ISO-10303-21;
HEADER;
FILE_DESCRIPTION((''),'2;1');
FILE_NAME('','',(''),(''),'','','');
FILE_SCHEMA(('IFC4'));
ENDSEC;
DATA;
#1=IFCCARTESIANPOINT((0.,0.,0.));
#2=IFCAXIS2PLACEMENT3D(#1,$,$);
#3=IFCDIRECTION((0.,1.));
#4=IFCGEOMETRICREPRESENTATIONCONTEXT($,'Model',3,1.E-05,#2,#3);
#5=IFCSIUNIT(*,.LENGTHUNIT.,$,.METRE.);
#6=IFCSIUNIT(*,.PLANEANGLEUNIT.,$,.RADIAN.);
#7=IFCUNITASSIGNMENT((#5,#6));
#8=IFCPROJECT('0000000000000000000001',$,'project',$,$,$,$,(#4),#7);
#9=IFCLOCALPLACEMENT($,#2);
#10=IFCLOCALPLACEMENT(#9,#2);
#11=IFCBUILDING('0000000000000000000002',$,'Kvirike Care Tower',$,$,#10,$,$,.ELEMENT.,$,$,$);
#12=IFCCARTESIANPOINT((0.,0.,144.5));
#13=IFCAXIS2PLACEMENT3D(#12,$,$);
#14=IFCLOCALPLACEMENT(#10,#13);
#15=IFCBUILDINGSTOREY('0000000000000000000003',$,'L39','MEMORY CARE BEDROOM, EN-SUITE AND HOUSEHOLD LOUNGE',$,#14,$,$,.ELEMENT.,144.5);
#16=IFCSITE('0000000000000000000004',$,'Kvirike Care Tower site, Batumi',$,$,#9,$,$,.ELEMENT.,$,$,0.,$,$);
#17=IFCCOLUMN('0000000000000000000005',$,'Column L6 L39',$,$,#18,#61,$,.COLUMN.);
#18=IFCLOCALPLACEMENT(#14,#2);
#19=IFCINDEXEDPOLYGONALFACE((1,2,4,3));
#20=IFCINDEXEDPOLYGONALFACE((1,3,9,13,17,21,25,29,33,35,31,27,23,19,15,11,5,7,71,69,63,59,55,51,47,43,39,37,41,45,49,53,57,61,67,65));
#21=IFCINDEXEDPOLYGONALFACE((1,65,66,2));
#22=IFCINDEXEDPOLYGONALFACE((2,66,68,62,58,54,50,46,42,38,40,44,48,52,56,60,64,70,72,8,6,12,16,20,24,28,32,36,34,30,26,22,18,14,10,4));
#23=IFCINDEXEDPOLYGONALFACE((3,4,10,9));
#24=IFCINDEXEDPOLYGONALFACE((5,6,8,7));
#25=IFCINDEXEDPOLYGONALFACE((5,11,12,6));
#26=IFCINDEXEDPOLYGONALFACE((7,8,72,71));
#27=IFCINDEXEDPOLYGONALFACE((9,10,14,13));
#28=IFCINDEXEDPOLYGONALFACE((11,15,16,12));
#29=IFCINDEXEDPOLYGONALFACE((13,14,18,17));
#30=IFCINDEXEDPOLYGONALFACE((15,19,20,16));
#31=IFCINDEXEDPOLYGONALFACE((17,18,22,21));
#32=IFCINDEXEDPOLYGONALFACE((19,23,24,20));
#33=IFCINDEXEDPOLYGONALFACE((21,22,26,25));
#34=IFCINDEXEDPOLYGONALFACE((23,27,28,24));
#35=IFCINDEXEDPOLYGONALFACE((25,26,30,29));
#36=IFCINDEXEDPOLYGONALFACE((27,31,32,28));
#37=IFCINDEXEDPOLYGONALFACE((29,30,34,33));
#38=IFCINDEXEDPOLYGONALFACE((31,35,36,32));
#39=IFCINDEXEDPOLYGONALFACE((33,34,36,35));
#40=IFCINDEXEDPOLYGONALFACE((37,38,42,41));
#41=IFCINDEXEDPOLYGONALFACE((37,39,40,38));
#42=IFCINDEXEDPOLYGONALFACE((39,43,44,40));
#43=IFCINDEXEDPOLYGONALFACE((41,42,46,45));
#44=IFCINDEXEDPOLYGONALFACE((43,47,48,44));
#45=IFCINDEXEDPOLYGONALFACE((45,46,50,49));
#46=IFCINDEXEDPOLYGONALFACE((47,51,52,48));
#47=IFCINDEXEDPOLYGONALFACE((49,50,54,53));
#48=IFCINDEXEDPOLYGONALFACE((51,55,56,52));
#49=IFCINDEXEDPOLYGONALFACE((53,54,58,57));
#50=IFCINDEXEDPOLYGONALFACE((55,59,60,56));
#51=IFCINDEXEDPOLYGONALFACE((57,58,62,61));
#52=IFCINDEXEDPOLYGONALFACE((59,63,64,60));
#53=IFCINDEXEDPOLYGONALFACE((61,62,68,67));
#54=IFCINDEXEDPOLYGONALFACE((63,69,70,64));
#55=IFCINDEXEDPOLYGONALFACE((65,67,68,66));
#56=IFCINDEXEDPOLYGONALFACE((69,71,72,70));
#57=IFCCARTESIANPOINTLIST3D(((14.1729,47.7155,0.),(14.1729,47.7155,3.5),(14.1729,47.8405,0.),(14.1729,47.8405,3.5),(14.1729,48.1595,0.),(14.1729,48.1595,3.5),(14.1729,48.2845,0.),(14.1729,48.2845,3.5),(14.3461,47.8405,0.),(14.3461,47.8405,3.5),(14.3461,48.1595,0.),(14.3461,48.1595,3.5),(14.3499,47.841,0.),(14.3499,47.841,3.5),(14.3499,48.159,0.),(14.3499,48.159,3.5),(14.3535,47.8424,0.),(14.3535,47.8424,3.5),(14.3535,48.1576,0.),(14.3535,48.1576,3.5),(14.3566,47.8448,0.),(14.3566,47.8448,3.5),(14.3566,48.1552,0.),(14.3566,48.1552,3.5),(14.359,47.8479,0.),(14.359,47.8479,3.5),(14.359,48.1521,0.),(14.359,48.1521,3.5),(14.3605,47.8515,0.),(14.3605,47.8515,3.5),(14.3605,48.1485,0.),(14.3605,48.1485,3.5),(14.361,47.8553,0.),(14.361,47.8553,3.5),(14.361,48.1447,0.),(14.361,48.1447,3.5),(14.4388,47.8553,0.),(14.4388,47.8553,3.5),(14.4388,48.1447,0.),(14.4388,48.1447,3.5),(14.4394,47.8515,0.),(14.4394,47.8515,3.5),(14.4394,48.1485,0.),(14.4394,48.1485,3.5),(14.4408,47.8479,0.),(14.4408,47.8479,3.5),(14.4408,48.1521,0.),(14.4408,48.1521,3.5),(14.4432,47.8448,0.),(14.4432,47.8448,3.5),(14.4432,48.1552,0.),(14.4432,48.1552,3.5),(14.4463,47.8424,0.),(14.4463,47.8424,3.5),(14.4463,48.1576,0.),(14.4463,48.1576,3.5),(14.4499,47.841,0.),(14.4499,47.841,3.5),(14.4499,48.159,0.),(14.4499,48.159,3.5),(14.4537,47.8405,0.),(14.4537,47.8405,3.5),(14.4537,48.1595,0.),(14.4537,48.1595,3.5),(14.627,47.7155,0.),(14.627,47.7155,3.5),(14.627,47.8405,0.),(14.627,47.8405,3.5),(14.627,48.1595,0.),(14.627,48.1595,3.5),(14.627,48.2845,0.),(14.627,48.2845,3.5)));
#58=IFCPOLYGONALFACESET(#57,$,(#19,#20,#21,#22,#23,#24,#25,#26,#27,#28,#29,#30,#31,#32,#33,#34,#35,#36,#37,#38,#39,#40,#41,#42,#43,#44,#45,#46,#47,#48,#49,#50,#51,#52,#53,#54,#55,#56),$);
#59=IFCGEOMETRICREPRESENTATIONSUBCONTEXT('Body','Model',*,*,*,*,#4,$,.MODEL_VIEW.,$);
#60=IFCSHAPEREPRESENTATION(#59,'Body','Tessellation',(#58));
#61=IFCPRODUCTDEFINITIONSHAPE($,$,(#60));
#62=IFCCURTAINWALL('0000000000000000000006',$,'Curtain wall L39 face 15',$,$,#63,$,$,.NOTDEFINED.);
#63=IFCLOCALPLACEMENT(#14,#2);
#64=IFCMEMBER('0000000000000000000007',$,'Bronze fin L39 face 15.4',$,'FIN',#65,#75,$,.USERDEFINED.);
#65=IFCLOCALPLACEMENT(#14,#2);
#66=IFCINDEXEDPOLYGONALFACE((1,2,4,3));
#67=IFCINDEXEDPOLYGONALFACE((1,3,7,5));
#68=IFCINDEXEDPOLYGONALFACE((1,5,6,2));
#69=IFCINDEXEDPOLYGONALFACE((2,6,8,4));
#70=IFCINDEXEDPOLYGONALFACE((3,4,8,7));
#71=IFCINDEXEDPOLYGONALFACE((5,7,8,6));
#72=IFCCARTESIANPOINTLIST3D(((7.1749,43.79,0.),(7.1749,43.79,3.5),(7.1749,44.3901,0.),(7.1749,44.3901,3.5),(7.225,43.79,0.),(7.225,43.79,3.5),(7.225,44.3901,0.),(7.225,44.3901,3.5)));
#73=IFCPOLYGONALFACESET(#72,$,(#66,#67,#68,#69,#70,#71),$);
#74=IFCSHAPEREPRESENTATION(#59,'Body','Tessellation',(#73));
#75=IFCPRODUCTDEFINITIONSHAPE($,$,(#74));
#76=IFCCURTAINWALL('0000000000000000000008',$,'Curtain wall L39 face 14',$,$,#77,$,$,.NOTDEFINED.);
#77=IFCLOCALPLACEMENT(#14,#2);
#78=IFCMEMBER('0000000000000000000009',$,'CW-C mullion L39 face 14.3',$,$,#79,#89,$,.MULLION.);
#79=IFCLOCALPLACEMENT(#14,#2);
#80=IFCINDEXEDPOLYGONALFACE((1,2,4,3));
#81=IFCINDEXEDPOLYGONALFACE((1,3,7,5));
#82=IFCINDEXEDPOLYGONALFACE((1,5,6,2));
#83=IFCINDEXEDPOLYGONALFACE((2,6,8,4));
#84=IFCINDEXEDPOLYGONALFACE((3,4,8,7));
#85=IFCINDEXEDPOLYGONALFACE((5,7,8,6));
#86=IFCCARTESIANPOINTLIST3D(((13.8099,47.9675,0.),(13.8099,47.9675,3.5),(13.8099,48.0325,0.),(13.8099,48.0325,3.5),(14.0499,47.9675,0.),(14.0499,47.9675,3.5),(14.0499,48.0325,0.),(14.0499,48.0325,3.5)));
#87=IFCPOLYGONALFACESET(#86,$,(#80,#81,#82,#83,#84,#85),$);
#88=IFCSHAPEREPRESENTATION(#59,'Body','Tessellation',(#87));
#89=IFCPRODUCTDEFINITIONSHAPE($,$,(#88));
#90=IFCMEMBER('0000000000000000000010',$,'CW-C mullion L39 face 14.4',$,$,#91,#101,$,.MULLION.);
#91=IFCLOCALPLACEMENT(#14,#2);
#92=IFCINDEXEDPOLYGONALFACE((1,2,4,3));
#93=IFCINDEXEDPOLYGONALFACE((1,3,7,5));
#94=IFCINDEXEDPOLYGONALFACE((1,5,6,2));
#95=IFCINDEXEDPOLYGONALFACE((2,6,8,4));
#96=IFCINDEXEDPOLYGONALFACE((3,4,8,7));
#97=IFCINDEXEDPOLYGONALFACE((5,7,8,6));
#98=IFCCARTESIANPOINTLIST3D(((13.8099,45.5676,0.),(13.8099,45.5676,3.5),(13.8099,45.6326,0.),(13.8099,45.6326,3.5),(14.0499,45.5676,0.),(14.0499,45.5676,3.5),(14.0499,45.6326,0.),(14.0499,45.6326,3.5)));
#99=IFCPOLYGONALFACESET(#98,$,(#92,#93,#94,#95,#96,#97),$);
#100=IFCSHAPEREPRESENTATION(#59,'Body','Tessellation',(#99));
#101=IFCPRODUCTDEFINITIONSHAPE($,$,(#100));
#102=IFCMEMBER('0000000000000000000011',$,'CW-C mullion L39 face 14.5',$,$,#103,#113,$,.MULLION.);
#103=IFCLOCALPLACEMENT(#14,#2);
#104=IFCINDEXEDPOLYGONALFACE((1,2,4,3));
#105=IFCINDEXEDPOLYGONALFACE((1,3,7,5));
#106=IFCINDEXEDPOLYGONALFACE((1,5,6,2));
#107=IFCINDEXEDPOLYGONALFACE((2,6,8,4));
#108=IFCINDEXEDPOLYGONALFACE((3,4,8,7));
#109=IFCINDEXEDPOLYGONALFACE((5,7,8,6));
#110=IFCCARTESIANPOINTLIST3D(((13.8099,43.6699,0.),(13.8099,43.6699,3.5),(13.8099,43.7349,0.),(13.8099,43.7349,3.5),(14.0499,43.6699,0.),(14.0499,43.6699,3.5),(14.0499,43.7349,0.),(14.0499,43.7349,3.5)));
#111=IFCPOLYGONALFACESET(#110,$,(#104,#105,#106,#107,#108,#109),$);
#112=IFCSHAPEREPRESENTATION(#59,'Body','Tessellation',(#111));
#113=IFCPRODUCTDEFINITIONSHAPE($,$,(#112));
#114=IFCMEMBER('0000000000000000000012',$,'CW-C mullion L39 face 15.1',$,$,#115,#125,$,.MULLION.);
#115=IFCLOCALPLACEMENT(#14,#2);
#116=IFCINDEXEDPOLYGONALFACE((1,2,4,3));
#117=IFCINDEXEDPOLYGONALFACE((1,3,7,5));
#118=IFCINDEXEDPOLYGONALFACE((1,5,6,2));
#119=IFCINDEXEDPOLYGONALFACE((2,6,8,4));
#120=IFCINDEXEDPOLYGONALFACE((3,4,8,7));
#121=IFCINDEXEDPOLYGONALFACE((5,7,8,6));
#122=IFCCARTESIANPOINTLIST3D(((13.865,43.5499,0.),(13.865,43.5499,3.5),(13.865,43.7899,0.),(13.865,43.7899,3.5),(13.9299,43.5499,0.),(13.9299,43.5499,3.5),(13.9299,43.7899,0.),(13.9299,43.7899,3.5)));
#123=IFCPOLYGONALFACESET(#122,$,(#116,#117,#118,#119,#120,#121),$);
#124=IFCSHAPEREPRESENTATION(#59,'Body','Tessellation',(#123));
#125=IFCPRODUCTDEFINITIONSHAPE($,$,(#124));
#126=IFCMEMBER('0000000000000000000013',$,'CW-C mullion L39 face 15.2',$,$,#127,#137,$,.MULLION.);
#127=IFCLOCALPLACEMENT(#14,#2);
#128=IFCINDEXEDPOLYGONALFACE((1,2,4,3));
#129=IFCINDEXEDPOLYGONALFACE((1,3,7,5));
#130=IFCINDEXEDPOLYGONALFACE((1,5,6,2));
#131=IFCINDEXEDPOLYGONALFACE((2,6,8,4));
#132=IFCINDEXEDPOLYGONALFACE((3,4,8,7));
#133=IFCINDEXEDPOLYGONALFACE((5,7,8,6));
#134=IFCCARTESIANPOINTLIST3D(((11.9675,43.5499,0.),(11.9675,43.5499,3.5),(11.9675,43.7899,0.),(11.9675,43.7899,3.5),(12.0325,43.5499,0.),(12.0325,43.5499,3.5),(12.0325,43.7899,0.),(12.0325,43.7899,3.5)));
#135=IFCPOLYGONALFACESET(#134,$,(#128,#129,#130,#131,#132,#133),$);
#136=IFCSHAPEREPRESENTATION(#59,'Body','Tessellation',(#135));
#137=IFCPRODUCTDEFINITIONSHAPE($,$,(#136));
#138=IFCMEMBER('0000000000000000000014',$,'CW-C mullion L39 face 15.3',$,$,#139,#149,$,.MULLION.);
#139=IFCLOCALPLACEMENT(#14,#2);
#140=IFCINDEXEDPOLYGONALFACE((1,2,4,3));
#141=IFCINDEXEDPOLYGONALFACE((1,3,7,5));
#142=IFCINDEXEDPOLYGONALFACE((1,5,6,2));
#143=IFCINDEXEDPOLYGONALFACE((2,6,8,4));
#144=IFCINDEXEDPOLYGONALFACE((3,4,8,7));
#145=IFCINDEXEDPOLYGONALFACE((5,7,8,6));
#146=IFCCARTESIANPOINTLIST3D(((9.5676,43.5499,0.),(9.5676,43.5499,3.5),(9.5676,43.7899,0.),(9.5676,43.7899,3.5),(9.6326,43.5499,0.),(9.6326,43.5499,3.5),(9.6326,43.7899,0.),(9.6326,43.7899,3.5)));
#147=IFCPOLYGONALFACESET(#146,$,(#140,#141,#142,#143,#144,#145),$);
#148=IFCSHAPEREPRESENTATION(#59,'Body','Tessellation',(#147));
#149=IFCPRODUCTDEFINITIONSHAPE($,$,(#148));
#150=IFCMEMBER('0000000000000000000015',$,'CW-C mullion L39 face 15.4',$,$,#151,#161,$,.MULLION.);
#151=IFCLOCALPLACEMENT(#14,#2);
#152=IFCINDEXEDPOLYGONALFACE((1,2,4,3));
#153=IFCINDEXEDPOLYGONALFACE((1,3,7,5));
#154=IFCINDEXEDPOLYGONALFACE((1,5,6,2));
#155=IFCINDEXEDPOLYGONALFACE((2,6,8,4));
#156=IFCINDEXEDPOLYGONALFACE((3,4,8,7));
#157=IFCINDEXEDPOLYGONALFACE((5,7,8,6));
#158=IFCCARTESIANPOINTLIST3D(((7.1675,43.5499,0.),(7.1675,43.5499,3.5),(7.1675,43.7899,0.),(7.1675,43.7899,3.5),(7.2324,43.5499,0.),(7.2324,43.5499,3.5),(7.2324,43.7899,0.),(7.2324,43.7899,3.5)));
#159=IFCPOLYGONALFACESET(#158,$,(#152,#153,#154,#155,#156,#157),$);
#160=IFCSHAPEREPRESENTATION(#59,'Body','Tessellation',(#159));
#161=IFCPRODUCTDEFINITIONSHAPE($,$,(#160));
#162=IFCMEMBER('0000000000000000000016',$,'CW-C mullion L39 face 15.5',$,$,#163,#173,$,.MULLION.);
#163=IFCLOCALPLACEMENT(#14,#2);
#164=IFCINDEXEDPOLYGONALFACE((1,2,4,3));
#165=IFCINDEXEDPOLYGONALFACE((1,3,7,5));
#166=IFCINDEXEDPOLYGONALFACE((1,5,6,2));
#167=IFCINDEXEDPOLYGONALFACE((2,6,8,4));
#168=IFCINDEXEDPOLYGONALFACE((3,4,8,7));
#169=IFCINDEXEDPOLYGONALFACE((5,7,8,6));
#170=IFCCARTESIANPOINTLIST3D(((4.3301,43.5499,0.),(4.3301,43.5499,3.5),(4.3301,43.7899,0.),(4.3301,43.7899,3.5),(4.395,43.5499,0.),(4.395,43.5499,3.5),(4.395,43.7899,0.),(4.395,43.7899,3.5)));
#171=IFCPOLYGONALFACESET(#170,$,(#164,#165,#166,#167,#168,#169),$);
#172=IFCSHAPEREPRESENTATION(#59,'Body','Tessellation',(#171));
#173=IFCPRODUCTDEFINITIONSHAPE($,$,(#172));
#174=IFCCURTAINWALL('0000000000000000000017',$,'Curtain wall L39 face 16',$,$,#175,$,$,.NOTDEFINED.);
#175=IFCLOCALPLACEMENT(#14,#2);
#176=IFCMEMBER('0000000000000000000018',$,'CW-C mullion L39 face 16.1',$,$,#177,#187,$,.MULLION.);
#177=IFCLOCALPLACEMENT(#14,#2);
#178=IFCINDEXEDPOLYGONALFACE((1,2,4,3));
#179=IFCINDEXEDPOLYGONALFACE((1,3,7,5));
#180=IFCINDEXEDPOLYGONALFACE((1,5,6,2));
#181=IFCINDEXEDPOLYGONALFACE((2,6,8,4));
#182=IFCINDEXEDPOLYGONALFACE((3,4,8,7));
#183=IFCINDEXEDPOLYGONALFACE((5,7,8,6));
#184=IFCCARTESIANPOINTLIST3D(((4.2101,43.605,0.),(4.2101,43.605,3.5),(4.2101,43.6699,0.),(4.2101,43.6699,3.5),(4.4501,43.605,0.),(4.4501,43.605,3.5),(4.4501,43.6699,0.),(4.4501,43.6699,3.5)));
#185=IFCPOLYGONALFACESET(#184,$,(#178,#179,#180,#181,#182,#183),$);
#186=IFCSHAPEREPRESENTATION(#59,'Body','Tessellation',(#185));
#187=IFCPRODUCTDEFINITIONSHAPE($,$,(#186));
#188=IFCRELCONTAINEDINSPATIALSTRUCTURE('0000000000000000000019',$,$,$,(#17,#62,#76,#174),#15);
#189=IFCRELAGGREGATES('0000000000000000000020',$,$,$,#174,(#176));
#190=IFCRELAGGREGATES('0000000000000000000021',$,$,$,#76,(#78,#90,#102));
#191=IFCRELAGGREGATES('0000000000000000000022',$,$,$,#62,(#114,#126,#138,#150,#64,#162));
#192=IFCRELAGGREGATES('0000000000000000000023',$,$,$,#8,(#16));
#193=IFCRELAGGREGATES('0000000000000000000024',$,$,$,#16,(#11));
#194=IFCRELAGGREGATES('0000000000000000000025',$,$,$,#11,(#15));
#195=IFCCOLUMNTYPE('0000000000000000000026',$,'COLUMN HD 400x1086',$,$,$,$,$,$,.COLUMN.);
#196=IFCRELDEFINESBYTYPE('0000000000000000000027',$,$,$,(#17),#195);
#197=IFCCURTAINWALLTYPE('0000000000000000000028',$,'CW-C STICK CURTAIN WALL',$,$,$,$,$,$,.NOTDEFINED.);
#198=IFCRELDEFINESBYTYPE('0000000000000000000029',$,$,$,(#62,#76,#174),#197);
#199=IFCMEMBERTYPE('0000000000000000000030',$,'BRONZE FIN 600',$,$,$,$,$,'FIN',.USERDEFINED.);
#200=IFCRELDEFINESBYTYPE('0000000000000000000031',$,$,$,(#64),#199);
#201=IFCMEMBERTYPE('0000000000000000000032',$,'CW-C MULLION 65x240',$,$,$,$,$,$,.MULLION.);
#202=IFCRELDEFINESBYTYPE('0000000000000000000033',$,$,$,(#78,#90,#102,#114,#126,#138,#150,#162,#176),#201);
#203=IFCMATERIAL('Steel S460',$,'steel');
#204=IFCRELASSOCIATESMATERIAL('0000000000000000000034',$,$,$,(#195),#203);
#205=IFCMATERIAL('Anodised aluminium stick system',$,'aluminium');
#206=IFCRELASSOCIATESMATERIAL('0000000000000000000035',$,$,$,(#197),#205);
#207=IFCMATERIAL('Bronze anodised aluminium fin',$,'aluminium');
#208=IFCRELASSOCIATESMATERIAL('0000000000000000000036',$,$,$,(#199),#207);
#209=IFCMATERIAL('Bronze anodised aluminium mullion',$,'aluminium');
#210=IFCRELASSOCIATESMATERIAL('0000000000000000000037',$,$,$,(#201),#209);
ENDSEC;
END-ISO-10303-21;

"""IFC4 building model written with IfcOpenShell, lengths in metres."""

from ifc_helpers import new_model, si_unit, direction, frame, origin, origin_2d, place, context, subcontext, project, spatial, rectangle, i_section, extrude, material, material_profile, profile_set, type_object, element, aggregate, save


model = new_model("IFC4")

# Units and contexts
model_context = context("Model", 3, precision=1e-05, world=origin(), true_north=direction((0.0, 1.0)))
body_context = subcontext(model_context, "Body", "Model", "MODEL_VIEW")
ifc_project = project(units=[si_unit("LENGTHUNIT", "METRE"), si_unit("PLANEANGLEUNIT", "RADIAN")], contexts=[model_context])

# Site, building, storey
site_placement = place(None, origin())
site = spatial("IfcSite", under=ifc_project, at=site_placement, Name="Kvirike Care Tower site, Batumi", CompositionType="ELEMENT", RefElevation=0.0)
building_placement = place(site_placement, origin())
building = spatial("IfcBuilding", under=site, at=building_placement, Name="Kvirike Care Tower", CompositionType="ELEMENT")
storey_placement = place(building_placement, frame((0.0, 0.0, 144.5)))
storey = spatial("IfcBuildingStorey", under=building, at=storey_placement, Name="L39", Description="MEMORY CARE BEDROOM, EN-SUITE AND HOUSEHOLD LOUNGE", CompositionType="ELEMENT", Elevation=144.5)

# Column
ifc_material_1 = material(Name="Steel S460", Category="steel")
ifc_material_profile_1 = material_profile(ifc_material_1, i_section(OverallWidth=0.4541, OverallDepth=0.5691, WebThickness=0.0779, FlangeThickness=0.125, FilletRadius=0.0149, at=origin_2d()), Name="HD 400x1086")
ifc_profile_set_1 = profile_set([ifc_material_profile_1], Name="Steel S460")
column_type = type_object("IfcColumnType", Name="COLUMN HD 400x1086", PredefinedType="COLUMN", material=ifc_profile_set_1)
column_placement = place(storey_placement, frame((14.3999, 48.0, 0.0), z_axis=(0.0, 0.0, 1.0), x_axis=(1.0, 0.0, 0.0)))
element("IfcColumn", 1, at=column_placement, inside=storey, type_object=column_type, Name="Column L6 L39", PredefinedType="COLUMN", context=body_context, shape_type="SweptSolid", body=[
    extrude(i_section(OverallWidth=0.4541, OverallDepth=0.5691, WebThickness=0.0779, FlangeThickness=0.125, FilletRadius=0.0149, at=origin_2d()), origin(), (0.0, 0.0, 1.0), 3.5),
])

# Curtain wall, member
ifc_material_2 = material(Name="Anodised aluminium stick system", Category="aluminium")
curtain_wall_type = type_object("IfcCurtainWallType", Name="CW-C STICK CURTAIN WALL", PredefinedType="NOTDEFINED", material=ifc_material_2)
curtain_wall_1_placement = place(storey_placement, origin())
curtain_wall_1 = element("IfcCurtainWall", 2, at=curtain_wall_1_placement, inside=storey, type_object=curtain_wall_type, Name="Curtain wall L39 face 15", PredefinedType="NOTDEFINED")
ifc_material_3 = material(Name="Bronze anodised aluminium fin", Category="aluminium")
ifc_material_profile_2 = material_profile(ifc_material_3, rectangle(XDim=0.05, YDim=0.6001, at=origin_2d()), Name="BRONZE FIN 600")
ifc_profile_set_2 = profile_set([ifc_material_profile_2], Name="Bronze anodised aluminium fin")
member_type_1 = type_object("IfcMemberType", Name="BRONZE FIN 600", ElementType="FIN", PredefinedType="USERDEFINED", material=ifc_profile_set_2)
member_1_placement = place(storey_placement, frame((7.2, 44.0901, 0.0), z_axis=(0.0, 0.0, 1.0), x_axis=(-1.0, 0.0, 0.0)))
member_1 = element("IfcMember", 3, at=member_1_placement, type_object=member_type_1, Name="Bronze fin L39 face 15.4", ObjectType="FIN", PredefinedType="USERDEFINED", context=body_context, shape_type="SweptSolid", body=[
    extrude(rectangle(XDim=0.05, YDim=0.6001, at=origin_2d()), origin(), (0.0, 0.0, 1.0), 3.5),
])

# Curtain wall, members
curtain_wall_2_placement = place(storey_placement, origin())
curtain_wall_2 = element("IfcCurtainWall", 4, at=curtain_wall_2_placement, inside=storey, type_object=curtain_wall_type, Name="Curtain wall L39 face 14", PredefinedType="NOTDEFINED")
ifc_material_4 = material(Name="Bronze anodised aluminium mullion", Category="aluminium")
ifc_material_profile_3 = material_profile(ifc_material_4, rectangle(XDim=0.0649, YDim=0.24, at=origin_2d()), Name="CW-C MULLION 65x240")
ifc_profile_set_3 = profile_set([ifc_material_profile_3], Name="Bronze anodised aluminium mullion")
member_type_2 = type_object("IfcMemberType", Name="CW-C MULLION 65x240", PredefinedType="MULLION", material=ifc_profile_set_3)
member_2_placement = place(storey_placement, frame((13.9299, 48.0, 0.0), z_axis=(0.0, 0.0, 1.0), x_axis=(0.0, -1.0, 0.0)))
member_2 = element("IfcMember", 5, at=member_2_placement, type_object=member_type_2, Name="CW-C mullion L39 face 14.3", PredefinedType="MULLION", context=body_context, shape_type="SweptSolid", body=[
    extrude(rectangle(XDim=0.0649, YDim=0.24, at=origin_2d()), origin(), (0.0, 0.0, 1.0), 3.5),
])
member_3_placement = place(storey_placement, frame((13.9299, 45.6001, 0.0), z_axis=(0.0, 0.0, 1.0), x_axis=(0.0, -1.0, 0.0)))
member_3 = element("IfcMember", 6, at=member_3_placement, type_object=member_type_2, Name="CW-C mullion L39 face 14.4", PredefinedType="MULLION", context=body_context, shape_type="SweptSolid", body=[
    extrude(rectangle(XDim=0.0649, YDim=0.24, at=origin_2d()), origin(), (0.0, 0.0, 1.0), 3.5),
])
member_4_placement = place(storey_placement, frame((13.9299, 43.7024, 0.0), z_axis=(0.0, 0.0, 1.0), x_axis=(0.0, -1.0, 0.0)))
member_4 = element("IfcMember", 7, at=member_4_placement, type_object=member_type_2, Name="CW-C mullion L39 face 14.5", PredefinedType="MULLION", context=body_context, shape_type="SweptSolid", body=[
    extrude(rectangle(XDim=0.0649, YDim=0.24, at=origin_2d()), origin(), (0.0, 0.0, 1.0), 3.5),
])

# Members
member_5_placement = place(storey_placement, frame((13.8975, 43.6699, 0.0), z_axis=(0.0, 0.0, 1.0), x_axis=(-1.0, 0.0, 0.0)))
member_5 = element("IfcMember", 8, at=member_5_placement, type_object=member_type_2, Name="CW-C mullion L39 face 15.1", PredefinedType="MULLION", context=body_context, shape_type="SweptSolid", body=[
    extrude(rectangle(XDim=0.0649, YDim=0.24, at=origin_2d()), origin(), (0.0, 0.0, 1.0), 3.5),
])
member_6_placement = place(storey_placement, frame((12.0, 43.6699, 0.0), z_axis=(0.0, 0.0, 1.0), x_axis=(-1.0, 0.0, 0.0)))
member_6 = element("IfcMember", 9, at=member_6_placement, type_object=member_type_2, Name="CW-C mullion L39 face 15.2", PredefinedType="MULLION", context=body_context, shape_type="SweptSolid", body=[
    extrude(rectangle(XDim=0.0649, YDim=0.24, at=origin_2d()), origin(), (0.0, 0.0, 1.0), 3.5),
])
member_7_placement = place(storey_placement, frame((9.6001, 43.6699, 0.0), z_axis=(0.0, 0.0, 1.0), x_axis=(-1.0, 0.0, 0.0)))
member_7 = element("IfcMember", 10, at=member_7_placement, type_object=member_type_2, Name="CW-C mullion L39 face 15.3", PredefinedType="MULLION", context=body_context, shape_type="SweptSolid", body=[
    extrude(rectangle(XDim=0.0649, YDim=0.24, at=origin_2d()), origin(), (0.0, 0.0, 1.0), 3.5),
])
member_8_placement = place(storey_placement, frame((7.2, 43.6699, 0.0), z_axis=(0.0, 0.0, 1.0), x_axis=(-1.0, 0.0, 0.0)))
member_8 = element("IfcMember", 11, at=member_8_placement, type_object=member_type_2, Name="CW-C mullion L39 face 15.4", PredefinedType="MULLION", context=body_context, shape_type="SweptSolid", body=[
    extrude(rectangle(XDim=0.0649, YDim=0.24, at=origin_2d()), origin(), (0.0, 0.0, 1.0), 3.5),
])
member_9_placement = place(storey_placement, frame((4.3625, 43.6699, 0.0), z_axis=(0.0, 0.0, 1.0), x_axis=(-1.0, 0.0, 0.0)))
member_9 = element("IfcMember", 12, at=member_9_placement, type_object=member_type_2, Name="CW-C mullion L39 face 15.5", PredefinedType="MULLION", context=body_context, shape_type="SweptSolid", body=[
    extrude(rectangle(XDim=0.0649, YDim=0.24, at=origin_2d()), origin(), (0.0, 0.0, 1.0), 3.5),
])

# Curtain wall, member
curtain_wall_3_placement = place(storey_placement, origin())
curtain_wall_3 = element("IfcCurtainWall", 13, at=curtain_wall_3_placement, inside=storey, type_object=curtain_wall_type, Name="Curtain wall L39 face 16", PredefinedType="NOTDEFINED")
member_10_placement = place(storey_placement, frame((4.3301, 43.6375, 0.0), z_axis=(0.0, 0.0, 1.0), x_axis=(0.0, -1.0, 0.0)))
member_10 = element("IfcMember", 14, at=member_10_placement, type_object=member_type_2, Name="CW-C mullion L39 face 16.1", PredefinedType="MULLION", context=body_context, shape_type="SweptSolid", body=[
    extrude(rectangle(XDim=0.0649, YDim=0.24, at=origin_2d()), origin(), (0.0, 0.0, 1.0), 3.5),
])

aggregate(curtain_wall_3, [member_10])

aggregate(curtain_wall_2, [member_2, member_3, member_4])
aggregate(curtain_wall_1, [member_5, member_6, member_7, member_8, member_1, member_9])

save(model, "model.ifc")
